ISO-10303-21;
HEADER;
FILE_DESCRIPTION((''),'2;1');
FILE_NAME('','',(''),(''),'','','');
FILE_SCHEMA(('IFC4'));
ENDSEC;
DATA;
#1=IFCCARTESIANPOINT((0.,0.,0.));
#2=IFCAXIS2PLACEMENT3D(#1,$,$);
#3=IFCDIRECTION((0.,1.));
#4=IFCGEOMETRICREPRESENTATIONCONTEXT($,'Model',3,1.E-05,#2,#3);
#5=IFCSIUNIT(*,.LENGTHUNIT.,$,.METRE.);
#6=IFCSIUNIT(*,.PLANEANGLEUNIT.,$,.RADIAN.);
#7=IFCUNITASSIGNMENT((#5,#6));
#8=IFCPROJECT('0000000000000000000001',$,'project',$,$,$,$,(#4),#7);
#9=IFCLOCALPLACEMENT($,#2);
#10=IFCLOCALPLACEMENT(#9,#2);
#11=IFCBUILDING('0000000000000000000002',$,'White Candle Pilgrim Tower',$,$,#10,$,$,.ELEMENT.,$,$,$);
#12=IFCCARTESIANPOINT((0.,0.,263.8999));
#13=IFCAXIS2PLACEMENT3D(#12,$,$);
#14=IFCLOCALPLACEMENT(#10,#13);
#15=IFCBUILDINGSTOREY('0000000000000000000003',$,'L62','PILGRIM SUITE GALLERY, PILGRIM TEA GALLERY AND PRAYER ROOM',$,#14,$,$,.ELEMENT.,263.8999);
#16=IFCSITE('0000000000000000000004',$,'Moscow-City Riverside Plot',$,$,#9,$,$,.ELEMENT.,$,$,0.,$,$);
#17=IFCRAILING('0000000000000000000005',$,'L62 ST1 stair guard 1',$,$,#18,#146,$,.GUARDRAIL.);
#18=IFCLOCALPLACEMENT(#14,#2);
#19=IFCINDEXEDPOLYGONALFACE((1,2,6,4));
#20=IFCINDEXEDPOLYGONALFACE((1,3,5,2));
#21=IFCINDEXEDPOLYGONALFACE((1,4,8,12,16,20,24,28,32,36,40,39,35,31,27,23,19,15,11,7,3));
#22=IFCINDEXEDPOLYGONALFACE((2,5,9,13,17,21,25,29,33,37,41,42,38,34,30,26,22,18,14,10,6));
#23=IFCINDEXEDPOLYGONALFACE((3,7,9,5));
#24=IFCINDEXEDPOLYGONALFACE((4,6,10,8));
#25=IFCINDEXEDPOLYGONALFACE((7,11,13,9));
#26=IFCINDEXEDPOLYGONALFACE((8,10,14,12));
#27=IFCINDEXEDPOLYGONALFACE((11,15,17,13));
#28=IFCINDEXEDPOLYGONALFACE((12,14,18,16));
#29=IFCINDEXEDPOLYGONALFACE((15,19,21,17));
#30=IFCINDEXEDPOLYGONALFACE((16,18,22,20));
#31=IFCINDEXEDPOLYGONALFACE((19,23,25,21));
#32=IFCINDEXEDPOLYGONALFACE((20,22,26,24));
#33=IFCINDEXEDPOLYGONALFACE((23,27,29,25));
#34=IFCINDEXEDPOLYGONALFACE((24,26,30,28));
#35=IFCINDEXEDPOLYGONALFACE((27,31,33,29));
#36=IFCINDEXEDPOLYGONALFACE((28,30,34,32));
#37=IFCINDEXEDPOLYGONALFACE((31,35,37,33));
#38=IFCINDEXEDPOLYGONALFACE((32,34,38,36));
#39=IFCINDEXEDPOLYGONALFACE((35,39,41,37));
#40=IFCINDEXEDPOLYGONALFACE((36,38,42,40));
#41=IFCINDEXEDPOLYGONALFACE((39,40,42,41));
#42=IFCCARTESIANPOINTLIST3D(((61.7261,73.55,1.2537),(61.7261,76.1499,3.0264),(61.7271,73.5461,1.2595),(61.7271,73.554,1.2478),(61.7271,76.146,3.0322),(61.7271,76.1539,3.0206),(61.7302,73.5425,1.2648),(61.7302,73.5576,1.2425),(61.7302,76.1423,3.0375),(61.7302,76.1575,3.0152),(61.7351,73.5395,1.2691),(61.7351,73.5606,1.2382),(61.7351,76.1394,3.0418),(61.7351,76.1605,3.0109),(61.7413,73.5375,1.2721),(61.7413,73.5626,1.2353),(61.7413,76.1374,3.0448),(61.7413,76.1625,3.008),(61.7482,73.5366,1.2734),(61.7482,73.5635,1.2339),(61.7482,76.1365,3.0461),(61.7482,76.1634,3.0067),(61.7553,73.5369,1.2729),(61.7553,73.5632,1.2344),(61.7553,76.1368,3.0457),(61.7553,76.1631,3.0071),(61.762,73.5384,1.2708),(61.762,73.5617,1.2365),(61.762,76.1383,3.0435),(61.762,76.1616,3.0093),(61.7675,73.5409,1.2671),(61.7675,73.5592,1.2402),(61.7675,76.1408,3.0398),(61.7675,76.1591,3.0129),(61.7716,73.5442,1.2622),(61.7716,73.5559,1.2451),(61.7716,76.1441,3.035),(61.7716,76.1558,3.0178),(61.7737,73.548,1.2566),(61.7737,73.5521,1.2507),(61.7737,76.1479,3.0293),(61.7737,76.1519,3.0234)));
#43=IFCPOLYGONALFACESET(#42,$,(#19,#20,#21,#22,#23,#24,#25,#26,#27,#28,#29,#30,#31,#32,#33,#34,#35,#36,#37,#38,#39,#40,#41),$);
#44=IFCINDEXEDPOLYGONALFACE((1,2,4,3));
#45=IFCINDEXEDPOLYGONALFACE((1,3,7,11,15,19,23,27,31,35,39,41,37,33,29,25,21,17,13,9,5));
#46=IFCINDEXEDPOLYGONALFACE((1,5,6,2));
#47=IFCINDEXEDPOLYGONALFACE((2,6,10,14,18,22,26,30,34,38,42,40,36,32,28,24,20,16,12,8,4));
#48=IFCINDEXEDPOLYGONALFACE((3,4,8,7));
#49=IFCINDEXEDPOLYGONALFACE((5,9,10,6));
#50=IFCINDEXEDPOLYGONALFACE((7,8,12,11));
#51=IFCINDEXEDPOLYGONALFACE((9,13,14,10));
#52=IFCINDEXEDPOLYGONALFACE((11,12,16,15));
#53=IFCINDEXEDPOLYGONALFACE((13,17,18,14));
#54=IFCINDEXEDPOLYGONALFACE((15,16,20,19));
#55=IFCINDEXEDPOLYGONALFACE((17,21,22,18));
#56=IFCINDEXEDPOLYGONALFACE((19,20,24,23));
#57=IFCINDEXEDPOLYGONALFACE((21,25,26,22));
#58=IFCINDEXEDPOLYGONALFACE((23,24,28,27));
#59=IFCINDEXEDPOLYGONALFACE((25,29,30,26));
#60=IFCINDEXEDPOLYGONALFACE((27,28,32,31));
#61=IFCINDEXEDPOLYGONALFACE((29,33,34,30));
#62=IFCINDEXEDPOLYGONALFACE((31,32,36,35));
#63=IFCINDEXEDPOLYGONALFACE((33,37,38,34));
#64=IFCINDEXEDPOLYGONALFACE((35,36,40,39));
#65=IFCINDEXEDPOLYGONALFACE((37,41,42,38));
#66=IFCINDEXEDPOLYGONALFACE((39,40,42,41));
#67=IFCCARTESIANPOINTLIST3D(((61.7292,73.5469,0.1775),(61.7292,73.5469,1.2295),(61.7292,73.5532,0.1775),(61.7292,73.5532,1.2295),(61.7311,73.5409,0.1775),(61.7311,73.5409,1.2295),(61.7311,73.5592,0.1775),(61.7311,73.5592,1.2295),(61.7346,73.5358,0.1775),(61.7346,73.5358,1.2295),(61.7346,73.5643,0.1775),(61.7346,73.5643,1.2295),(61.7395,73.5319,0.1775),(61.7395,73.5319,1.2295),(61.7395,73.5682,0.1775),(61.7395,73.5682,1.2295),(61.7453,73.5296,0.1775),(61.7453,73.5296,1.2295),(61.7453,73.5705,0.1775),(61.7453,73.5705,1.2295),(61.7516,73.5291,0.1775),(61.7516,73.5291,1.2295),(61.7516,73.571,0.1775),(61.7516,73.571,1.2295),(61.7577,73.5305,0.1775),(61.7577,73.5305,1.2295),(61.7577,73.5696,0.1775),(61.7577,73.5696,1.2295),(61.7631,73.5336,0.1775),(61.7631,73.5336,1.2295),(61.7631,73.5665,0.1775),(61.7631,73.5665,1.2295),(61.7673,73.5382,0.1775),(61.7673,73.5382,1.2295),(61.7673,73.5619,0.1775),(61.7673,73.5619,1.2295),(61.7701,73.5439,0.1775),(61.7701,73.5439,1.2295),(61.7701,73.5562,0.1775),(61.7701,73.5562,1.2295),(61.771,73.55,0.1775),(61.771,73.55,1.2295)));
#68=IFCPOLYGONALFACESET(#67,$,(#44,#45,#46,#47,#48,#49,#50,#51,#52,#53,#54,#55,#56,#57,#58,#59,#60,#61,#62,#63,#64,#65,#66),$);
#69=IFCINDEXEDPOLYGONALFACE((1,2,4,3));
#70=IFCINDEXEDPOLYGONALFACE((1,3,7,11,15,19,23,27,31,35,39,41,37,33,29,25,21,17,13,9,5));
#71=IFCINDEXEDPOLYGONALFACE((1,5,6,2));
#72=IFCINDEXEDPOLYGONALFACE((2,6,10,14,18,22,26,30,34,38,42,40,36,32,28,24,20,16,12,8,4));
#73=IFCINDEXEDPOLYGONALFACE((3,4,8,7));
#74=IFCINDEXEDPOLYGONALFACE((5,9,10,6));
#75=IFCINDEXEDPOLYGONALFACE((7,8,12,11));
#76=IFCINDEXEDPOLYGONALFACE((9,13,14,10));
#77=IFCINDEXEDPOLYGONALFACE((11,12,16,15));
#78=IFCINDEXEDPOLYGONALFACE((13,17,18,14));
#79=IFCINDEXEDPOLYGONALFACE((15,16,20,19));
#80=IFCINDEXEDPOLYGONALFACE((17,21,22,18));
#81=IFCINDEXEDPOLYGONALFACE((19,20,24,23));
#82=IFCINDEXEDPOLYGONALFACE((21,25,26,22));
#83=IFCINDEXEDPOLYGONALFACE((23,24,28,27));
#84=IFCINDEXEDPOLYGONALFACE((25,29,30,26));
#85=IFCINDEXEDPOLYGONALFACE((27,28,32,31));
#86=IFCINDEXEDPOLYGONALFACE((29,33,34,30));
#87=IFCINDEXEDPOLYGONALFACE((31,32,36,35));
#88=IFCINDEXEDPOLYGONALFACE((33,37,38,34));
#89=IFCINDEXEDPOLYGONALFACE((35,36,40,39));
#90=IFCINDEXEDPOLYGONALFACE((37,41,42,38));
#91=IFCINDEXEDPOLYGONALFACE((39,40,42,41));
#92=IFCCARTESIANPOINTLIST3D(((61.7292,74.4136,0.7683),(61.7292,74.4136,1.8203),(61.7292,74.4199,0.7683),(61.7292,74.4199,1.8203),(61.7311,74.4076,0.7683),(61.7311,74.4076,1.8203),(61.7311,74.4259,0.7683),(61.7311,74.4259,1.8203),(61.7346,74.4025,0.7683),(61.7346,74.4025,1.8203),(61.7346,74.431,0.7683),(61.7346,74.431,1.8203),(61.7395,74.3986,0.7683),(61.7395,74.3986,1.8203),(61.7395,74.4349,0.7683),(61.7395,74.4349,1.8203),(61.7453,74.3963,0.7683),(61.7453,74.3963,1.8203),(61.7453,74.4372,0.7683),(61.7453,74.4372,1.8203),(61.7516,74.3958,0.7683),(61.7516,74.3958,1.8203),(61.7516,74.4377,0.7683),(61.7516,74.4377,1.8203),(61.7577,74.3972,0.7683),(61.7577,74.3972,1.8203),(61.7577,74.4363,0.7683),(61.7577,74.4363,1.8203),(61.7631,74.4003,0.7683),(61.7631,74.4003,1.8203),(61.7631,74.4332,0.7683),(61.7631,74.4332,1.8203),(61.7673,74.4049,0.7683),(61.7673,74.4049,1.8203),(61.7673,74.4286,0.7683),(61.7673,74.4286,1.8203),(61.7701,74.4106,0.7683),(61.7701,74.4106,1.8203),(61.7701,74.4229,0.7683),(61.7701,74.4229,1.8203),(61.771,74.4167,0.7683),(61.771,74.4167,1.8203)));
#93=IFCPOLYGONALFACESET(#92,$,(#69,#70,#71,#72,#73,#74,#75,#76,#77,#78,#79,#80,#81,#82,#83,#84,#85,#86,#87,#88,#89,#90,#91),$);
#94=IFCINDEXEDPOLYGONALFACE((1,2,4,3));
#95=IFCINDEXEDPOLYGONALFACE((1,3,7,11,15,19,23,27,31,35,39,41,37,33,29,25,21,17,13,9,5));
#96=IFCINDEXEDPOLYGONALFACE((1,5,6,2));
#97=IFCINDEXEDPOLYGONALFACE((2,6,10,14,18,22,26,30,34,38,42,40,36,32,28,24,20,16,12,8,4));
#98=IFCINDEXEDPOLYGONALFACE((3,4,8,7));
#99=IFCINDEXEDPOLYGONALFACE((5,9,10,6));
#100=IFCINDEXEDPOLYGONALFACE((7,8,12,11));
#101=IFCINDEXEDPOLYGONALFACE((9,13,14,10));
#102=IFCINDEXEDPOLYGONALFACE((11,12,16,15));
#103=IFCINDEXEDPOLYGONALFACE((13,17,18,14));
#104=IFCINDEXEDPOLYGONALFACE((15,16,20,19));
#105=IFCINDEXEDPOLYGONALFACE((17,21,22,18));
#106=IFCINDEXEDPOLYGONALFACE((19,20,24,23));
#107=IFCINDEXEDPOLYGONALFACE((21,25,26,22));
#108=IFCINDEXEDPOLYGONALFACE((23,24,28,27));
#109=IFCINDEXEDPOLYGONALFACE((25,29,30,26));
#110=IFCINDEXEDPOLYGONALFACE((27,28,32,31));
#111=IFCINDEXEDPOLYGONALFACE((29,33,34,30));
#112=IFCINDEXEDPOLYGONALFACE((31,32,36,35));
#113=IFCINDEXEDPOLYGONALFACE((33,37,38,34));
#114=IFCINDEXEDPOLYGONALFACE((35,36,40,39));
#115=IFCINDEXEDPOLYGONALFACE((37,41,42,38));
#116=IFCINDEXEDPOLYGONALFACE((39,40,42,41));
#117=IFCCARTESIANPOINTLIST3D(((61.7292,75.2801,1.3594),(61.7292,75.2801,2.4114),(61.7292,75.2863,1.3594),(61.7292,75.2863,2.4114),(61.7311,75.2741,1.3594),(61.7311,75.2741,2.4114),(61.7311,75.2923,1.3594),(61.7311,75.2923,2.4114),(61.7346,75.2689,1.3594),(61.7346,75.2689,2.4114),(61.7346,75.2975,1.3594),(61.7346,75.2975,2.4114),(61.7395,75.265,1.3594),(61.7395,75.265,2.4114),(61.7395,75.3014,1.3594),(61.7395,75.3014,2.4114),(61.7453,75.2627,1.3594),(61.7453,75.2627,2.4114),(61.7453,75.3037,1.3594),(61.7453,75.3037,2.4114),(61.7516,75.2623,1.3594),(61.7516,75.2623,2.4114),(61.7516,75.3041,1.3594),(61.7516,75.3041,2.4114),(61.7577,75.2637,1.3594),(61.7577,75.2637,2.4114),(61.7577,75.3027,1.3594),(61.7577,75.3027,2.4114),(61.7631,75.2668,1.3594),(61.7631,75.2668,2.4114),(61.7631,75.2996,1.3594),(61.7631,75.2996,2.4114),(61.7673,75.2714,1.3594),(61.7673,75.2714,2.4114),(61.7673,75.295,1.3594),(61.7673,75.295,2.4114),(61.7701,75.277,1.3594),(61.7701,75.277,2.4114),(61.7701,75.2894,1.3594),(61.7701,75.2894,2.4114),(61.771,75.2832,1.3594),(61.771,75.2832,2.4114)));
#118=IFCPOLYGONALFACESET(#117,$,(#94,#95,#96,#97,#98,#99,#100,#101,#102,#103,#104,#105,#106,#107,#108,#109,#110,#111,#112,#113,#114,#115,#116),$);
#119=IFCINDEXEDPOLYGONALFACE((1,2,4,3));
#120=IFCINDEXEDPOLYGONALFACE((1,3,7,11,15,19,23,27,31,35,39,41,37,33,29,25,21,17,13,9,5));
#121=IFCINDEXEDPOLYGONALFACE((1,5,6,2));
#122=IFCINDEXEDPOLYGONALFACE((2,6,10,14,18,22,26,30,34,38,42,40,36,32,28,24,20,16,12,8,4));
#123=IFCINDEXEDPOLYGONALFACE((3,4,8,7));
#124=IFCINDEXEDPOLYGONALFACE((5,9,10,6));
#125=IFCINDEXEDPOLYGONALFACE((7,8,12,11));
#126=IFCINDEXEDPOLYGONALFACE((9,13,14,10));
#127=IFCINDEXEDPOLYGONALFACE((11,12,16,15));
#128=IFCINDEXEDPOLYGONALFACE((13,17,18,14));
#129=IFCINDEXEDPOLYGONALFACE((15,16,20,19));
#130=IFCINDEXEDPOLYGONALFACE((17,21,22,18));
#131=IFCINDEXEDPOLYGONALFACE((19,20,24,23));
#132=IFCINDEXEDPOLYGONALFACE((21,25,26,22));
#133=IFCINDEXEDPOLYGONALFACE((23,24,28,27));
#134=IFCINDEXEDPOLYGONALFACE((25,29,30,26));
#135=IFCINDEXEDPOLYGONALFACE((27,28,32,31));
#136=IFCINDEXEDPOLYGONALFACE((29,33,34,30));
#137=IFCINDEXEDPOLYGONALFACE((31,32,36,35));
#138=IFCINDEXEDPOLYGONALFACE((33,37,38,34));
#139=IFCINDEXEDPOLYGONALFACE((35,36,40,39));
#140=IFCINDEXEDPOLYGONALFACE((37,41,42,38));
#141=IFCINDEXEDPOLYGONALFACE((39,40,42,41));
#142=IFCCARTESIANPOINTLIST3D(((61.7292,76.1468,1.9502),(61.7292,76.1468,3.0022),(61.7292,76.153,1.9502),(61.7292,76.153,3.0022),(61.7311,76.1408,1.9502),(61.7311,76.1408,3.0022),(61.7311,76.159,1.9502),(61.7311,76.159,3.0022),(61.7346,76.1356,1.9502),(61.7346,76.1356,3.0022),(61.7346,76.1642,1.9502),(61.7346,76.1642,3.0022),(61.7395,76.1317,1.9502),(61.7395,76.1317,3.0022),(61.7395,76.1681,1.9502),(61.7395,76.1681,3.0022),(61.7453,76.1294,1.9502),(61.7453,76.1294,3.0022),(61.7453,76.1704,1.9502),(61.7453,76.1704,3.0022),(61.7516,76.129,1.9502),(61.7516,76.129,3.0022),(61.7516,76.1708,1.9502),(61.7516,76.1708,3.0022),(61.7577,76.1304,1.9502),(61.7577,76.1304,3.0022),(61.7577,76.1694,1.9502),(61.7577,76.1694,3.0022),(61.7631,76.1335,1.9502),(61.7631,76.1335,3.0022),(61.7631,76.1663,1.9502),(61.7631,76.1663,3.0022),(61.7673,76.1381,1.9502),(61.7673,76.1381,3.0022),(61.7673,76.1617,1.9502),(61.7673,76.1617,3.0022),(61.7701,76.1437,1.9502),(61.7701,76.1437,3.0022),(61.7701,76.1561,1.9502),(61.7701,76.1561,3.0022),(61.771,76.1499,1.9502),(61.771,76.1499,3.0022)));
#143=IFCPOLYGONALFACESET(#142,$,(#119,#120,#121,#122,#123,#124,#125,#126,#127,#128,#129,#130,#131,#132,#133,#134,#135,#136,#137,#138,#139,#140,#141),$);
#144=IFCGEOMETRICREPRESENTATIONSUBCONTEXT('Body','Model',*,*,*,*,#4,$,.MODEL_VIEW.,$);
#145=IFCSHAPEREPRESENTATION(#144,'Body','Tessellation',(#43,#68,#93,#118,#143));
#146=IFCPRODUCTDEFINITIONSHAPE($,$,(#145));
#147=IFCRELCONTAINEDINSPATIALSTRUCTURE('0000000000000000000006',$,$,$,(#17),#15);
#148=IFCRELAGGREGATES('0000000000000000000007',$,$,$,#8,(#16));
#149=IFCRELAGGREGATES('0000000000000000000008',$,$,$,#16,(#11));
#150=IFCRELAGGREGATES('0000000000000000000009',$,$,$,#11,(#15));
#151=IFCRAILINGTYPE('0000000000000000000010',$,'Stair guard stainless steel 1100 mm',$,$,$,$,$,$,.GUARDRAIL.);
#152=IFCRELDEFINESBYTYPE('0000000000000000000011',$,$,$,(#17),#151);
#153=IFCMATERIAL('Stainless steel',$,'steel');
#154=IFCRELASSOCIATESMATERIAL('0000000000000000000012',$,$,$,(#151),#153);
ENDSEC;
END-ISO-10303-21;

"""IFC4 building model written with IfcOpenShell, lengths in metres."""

from ifc_helpers import new_model, si_unit, direction, frame, origin, origin_2d, place, context, subcontext, project, spatial, circle, extrude, material, type_object, element, save


model = new_model("IFC4")

# Units and contexts
model_context = context("Model", 3, precision=1e-05, world=origin(), true_north=direction((0.0, 1.0)))
body_context = subcontext(model_context, "Body", "Model", "MODEL_VIEW")
ifc_project = project(units=[si_unit("LENGTHUNIT", "METRE"), si_unit("PLANEANGLEUNIT", "RADIAN")], contexts=[model_context])

# Site, building, storey
site_placement = place(None, origin())
site = spatial("IfcSite", under=ifc_project, at=site_placement, Name="Moscow-City Riverside Plot", CompositionType="ELEMENT", RefElevation=0.0)
building_placement = place(site_placement, origin())
building = spatial("IfcBuilding", under=site, at=building_placement, Name="White Candle Pilgrim Tower", CompositionType="ELEMENT")
storey_placement = place(building_placement, frame((0.0, 0.0, 263.8999)))
storey = spatial("IfcBuildingStorey", under=building, at=storey_placement, Name="L62", Description="PILGRIM SUITE GALLERY, PILGRIM TEA GALLERY AND PRAYER ROOM", CompositionType="ELEMENT", Elevation=263.8999)

# Railing
ifc_material_1 = material(Name="Stainless steel", Category="steel")
railing_type_1 = type_object("IfcRailingType", Name="Stair guard stainless steel 1100 mm", PredefinedType="GUARDRAIL", material=ifc_material_1)
railing_1_placement = place(storey_placement, frame((61.75, 73.55, 0.1775)))
element("IfcRailing", 1, at=railing_1_placement, inside=storey, type_object=railing_type_1, Name="L62 ST1 stair guard 1", PredefinedType="GUARDRAIL", context=body_context, shape_type="SweptSolid", body=[
    extrude(circle(Radius=0.0239, at=origin_2d()), frame((0.0, 0.0, 1.0762), z_axis=(0.0, 0.826216, 0.563354), x_axis=(-1.0, 0.0, 0.0)), (0.0, 0.0, 1.0), 3.1467),
    extrude(circle(Radius=0.021, at=origin_2d()), origin(), (0.0, 0.0, 1.0), 1.052),
    extrude(circle(Radius=0.021, at=origin_2d()), frame((0.0, 0.8667, 0.5908)), (0.0, 0.0, 1.0), 1.052),
    extrude(circle(Radius=0.021, at=origin_2d()), frame((0.0, 1.7332, 1.1819)), (0.0, 0.0, 1.0), 1.052),
    extrude(circle(Radius=0.021, at=origin_2d()), frame((0.0, 2.5999, 1.7727)), (0.0, 0.0, 1.0), 1.052),
])

save(model, "model.ifc")
